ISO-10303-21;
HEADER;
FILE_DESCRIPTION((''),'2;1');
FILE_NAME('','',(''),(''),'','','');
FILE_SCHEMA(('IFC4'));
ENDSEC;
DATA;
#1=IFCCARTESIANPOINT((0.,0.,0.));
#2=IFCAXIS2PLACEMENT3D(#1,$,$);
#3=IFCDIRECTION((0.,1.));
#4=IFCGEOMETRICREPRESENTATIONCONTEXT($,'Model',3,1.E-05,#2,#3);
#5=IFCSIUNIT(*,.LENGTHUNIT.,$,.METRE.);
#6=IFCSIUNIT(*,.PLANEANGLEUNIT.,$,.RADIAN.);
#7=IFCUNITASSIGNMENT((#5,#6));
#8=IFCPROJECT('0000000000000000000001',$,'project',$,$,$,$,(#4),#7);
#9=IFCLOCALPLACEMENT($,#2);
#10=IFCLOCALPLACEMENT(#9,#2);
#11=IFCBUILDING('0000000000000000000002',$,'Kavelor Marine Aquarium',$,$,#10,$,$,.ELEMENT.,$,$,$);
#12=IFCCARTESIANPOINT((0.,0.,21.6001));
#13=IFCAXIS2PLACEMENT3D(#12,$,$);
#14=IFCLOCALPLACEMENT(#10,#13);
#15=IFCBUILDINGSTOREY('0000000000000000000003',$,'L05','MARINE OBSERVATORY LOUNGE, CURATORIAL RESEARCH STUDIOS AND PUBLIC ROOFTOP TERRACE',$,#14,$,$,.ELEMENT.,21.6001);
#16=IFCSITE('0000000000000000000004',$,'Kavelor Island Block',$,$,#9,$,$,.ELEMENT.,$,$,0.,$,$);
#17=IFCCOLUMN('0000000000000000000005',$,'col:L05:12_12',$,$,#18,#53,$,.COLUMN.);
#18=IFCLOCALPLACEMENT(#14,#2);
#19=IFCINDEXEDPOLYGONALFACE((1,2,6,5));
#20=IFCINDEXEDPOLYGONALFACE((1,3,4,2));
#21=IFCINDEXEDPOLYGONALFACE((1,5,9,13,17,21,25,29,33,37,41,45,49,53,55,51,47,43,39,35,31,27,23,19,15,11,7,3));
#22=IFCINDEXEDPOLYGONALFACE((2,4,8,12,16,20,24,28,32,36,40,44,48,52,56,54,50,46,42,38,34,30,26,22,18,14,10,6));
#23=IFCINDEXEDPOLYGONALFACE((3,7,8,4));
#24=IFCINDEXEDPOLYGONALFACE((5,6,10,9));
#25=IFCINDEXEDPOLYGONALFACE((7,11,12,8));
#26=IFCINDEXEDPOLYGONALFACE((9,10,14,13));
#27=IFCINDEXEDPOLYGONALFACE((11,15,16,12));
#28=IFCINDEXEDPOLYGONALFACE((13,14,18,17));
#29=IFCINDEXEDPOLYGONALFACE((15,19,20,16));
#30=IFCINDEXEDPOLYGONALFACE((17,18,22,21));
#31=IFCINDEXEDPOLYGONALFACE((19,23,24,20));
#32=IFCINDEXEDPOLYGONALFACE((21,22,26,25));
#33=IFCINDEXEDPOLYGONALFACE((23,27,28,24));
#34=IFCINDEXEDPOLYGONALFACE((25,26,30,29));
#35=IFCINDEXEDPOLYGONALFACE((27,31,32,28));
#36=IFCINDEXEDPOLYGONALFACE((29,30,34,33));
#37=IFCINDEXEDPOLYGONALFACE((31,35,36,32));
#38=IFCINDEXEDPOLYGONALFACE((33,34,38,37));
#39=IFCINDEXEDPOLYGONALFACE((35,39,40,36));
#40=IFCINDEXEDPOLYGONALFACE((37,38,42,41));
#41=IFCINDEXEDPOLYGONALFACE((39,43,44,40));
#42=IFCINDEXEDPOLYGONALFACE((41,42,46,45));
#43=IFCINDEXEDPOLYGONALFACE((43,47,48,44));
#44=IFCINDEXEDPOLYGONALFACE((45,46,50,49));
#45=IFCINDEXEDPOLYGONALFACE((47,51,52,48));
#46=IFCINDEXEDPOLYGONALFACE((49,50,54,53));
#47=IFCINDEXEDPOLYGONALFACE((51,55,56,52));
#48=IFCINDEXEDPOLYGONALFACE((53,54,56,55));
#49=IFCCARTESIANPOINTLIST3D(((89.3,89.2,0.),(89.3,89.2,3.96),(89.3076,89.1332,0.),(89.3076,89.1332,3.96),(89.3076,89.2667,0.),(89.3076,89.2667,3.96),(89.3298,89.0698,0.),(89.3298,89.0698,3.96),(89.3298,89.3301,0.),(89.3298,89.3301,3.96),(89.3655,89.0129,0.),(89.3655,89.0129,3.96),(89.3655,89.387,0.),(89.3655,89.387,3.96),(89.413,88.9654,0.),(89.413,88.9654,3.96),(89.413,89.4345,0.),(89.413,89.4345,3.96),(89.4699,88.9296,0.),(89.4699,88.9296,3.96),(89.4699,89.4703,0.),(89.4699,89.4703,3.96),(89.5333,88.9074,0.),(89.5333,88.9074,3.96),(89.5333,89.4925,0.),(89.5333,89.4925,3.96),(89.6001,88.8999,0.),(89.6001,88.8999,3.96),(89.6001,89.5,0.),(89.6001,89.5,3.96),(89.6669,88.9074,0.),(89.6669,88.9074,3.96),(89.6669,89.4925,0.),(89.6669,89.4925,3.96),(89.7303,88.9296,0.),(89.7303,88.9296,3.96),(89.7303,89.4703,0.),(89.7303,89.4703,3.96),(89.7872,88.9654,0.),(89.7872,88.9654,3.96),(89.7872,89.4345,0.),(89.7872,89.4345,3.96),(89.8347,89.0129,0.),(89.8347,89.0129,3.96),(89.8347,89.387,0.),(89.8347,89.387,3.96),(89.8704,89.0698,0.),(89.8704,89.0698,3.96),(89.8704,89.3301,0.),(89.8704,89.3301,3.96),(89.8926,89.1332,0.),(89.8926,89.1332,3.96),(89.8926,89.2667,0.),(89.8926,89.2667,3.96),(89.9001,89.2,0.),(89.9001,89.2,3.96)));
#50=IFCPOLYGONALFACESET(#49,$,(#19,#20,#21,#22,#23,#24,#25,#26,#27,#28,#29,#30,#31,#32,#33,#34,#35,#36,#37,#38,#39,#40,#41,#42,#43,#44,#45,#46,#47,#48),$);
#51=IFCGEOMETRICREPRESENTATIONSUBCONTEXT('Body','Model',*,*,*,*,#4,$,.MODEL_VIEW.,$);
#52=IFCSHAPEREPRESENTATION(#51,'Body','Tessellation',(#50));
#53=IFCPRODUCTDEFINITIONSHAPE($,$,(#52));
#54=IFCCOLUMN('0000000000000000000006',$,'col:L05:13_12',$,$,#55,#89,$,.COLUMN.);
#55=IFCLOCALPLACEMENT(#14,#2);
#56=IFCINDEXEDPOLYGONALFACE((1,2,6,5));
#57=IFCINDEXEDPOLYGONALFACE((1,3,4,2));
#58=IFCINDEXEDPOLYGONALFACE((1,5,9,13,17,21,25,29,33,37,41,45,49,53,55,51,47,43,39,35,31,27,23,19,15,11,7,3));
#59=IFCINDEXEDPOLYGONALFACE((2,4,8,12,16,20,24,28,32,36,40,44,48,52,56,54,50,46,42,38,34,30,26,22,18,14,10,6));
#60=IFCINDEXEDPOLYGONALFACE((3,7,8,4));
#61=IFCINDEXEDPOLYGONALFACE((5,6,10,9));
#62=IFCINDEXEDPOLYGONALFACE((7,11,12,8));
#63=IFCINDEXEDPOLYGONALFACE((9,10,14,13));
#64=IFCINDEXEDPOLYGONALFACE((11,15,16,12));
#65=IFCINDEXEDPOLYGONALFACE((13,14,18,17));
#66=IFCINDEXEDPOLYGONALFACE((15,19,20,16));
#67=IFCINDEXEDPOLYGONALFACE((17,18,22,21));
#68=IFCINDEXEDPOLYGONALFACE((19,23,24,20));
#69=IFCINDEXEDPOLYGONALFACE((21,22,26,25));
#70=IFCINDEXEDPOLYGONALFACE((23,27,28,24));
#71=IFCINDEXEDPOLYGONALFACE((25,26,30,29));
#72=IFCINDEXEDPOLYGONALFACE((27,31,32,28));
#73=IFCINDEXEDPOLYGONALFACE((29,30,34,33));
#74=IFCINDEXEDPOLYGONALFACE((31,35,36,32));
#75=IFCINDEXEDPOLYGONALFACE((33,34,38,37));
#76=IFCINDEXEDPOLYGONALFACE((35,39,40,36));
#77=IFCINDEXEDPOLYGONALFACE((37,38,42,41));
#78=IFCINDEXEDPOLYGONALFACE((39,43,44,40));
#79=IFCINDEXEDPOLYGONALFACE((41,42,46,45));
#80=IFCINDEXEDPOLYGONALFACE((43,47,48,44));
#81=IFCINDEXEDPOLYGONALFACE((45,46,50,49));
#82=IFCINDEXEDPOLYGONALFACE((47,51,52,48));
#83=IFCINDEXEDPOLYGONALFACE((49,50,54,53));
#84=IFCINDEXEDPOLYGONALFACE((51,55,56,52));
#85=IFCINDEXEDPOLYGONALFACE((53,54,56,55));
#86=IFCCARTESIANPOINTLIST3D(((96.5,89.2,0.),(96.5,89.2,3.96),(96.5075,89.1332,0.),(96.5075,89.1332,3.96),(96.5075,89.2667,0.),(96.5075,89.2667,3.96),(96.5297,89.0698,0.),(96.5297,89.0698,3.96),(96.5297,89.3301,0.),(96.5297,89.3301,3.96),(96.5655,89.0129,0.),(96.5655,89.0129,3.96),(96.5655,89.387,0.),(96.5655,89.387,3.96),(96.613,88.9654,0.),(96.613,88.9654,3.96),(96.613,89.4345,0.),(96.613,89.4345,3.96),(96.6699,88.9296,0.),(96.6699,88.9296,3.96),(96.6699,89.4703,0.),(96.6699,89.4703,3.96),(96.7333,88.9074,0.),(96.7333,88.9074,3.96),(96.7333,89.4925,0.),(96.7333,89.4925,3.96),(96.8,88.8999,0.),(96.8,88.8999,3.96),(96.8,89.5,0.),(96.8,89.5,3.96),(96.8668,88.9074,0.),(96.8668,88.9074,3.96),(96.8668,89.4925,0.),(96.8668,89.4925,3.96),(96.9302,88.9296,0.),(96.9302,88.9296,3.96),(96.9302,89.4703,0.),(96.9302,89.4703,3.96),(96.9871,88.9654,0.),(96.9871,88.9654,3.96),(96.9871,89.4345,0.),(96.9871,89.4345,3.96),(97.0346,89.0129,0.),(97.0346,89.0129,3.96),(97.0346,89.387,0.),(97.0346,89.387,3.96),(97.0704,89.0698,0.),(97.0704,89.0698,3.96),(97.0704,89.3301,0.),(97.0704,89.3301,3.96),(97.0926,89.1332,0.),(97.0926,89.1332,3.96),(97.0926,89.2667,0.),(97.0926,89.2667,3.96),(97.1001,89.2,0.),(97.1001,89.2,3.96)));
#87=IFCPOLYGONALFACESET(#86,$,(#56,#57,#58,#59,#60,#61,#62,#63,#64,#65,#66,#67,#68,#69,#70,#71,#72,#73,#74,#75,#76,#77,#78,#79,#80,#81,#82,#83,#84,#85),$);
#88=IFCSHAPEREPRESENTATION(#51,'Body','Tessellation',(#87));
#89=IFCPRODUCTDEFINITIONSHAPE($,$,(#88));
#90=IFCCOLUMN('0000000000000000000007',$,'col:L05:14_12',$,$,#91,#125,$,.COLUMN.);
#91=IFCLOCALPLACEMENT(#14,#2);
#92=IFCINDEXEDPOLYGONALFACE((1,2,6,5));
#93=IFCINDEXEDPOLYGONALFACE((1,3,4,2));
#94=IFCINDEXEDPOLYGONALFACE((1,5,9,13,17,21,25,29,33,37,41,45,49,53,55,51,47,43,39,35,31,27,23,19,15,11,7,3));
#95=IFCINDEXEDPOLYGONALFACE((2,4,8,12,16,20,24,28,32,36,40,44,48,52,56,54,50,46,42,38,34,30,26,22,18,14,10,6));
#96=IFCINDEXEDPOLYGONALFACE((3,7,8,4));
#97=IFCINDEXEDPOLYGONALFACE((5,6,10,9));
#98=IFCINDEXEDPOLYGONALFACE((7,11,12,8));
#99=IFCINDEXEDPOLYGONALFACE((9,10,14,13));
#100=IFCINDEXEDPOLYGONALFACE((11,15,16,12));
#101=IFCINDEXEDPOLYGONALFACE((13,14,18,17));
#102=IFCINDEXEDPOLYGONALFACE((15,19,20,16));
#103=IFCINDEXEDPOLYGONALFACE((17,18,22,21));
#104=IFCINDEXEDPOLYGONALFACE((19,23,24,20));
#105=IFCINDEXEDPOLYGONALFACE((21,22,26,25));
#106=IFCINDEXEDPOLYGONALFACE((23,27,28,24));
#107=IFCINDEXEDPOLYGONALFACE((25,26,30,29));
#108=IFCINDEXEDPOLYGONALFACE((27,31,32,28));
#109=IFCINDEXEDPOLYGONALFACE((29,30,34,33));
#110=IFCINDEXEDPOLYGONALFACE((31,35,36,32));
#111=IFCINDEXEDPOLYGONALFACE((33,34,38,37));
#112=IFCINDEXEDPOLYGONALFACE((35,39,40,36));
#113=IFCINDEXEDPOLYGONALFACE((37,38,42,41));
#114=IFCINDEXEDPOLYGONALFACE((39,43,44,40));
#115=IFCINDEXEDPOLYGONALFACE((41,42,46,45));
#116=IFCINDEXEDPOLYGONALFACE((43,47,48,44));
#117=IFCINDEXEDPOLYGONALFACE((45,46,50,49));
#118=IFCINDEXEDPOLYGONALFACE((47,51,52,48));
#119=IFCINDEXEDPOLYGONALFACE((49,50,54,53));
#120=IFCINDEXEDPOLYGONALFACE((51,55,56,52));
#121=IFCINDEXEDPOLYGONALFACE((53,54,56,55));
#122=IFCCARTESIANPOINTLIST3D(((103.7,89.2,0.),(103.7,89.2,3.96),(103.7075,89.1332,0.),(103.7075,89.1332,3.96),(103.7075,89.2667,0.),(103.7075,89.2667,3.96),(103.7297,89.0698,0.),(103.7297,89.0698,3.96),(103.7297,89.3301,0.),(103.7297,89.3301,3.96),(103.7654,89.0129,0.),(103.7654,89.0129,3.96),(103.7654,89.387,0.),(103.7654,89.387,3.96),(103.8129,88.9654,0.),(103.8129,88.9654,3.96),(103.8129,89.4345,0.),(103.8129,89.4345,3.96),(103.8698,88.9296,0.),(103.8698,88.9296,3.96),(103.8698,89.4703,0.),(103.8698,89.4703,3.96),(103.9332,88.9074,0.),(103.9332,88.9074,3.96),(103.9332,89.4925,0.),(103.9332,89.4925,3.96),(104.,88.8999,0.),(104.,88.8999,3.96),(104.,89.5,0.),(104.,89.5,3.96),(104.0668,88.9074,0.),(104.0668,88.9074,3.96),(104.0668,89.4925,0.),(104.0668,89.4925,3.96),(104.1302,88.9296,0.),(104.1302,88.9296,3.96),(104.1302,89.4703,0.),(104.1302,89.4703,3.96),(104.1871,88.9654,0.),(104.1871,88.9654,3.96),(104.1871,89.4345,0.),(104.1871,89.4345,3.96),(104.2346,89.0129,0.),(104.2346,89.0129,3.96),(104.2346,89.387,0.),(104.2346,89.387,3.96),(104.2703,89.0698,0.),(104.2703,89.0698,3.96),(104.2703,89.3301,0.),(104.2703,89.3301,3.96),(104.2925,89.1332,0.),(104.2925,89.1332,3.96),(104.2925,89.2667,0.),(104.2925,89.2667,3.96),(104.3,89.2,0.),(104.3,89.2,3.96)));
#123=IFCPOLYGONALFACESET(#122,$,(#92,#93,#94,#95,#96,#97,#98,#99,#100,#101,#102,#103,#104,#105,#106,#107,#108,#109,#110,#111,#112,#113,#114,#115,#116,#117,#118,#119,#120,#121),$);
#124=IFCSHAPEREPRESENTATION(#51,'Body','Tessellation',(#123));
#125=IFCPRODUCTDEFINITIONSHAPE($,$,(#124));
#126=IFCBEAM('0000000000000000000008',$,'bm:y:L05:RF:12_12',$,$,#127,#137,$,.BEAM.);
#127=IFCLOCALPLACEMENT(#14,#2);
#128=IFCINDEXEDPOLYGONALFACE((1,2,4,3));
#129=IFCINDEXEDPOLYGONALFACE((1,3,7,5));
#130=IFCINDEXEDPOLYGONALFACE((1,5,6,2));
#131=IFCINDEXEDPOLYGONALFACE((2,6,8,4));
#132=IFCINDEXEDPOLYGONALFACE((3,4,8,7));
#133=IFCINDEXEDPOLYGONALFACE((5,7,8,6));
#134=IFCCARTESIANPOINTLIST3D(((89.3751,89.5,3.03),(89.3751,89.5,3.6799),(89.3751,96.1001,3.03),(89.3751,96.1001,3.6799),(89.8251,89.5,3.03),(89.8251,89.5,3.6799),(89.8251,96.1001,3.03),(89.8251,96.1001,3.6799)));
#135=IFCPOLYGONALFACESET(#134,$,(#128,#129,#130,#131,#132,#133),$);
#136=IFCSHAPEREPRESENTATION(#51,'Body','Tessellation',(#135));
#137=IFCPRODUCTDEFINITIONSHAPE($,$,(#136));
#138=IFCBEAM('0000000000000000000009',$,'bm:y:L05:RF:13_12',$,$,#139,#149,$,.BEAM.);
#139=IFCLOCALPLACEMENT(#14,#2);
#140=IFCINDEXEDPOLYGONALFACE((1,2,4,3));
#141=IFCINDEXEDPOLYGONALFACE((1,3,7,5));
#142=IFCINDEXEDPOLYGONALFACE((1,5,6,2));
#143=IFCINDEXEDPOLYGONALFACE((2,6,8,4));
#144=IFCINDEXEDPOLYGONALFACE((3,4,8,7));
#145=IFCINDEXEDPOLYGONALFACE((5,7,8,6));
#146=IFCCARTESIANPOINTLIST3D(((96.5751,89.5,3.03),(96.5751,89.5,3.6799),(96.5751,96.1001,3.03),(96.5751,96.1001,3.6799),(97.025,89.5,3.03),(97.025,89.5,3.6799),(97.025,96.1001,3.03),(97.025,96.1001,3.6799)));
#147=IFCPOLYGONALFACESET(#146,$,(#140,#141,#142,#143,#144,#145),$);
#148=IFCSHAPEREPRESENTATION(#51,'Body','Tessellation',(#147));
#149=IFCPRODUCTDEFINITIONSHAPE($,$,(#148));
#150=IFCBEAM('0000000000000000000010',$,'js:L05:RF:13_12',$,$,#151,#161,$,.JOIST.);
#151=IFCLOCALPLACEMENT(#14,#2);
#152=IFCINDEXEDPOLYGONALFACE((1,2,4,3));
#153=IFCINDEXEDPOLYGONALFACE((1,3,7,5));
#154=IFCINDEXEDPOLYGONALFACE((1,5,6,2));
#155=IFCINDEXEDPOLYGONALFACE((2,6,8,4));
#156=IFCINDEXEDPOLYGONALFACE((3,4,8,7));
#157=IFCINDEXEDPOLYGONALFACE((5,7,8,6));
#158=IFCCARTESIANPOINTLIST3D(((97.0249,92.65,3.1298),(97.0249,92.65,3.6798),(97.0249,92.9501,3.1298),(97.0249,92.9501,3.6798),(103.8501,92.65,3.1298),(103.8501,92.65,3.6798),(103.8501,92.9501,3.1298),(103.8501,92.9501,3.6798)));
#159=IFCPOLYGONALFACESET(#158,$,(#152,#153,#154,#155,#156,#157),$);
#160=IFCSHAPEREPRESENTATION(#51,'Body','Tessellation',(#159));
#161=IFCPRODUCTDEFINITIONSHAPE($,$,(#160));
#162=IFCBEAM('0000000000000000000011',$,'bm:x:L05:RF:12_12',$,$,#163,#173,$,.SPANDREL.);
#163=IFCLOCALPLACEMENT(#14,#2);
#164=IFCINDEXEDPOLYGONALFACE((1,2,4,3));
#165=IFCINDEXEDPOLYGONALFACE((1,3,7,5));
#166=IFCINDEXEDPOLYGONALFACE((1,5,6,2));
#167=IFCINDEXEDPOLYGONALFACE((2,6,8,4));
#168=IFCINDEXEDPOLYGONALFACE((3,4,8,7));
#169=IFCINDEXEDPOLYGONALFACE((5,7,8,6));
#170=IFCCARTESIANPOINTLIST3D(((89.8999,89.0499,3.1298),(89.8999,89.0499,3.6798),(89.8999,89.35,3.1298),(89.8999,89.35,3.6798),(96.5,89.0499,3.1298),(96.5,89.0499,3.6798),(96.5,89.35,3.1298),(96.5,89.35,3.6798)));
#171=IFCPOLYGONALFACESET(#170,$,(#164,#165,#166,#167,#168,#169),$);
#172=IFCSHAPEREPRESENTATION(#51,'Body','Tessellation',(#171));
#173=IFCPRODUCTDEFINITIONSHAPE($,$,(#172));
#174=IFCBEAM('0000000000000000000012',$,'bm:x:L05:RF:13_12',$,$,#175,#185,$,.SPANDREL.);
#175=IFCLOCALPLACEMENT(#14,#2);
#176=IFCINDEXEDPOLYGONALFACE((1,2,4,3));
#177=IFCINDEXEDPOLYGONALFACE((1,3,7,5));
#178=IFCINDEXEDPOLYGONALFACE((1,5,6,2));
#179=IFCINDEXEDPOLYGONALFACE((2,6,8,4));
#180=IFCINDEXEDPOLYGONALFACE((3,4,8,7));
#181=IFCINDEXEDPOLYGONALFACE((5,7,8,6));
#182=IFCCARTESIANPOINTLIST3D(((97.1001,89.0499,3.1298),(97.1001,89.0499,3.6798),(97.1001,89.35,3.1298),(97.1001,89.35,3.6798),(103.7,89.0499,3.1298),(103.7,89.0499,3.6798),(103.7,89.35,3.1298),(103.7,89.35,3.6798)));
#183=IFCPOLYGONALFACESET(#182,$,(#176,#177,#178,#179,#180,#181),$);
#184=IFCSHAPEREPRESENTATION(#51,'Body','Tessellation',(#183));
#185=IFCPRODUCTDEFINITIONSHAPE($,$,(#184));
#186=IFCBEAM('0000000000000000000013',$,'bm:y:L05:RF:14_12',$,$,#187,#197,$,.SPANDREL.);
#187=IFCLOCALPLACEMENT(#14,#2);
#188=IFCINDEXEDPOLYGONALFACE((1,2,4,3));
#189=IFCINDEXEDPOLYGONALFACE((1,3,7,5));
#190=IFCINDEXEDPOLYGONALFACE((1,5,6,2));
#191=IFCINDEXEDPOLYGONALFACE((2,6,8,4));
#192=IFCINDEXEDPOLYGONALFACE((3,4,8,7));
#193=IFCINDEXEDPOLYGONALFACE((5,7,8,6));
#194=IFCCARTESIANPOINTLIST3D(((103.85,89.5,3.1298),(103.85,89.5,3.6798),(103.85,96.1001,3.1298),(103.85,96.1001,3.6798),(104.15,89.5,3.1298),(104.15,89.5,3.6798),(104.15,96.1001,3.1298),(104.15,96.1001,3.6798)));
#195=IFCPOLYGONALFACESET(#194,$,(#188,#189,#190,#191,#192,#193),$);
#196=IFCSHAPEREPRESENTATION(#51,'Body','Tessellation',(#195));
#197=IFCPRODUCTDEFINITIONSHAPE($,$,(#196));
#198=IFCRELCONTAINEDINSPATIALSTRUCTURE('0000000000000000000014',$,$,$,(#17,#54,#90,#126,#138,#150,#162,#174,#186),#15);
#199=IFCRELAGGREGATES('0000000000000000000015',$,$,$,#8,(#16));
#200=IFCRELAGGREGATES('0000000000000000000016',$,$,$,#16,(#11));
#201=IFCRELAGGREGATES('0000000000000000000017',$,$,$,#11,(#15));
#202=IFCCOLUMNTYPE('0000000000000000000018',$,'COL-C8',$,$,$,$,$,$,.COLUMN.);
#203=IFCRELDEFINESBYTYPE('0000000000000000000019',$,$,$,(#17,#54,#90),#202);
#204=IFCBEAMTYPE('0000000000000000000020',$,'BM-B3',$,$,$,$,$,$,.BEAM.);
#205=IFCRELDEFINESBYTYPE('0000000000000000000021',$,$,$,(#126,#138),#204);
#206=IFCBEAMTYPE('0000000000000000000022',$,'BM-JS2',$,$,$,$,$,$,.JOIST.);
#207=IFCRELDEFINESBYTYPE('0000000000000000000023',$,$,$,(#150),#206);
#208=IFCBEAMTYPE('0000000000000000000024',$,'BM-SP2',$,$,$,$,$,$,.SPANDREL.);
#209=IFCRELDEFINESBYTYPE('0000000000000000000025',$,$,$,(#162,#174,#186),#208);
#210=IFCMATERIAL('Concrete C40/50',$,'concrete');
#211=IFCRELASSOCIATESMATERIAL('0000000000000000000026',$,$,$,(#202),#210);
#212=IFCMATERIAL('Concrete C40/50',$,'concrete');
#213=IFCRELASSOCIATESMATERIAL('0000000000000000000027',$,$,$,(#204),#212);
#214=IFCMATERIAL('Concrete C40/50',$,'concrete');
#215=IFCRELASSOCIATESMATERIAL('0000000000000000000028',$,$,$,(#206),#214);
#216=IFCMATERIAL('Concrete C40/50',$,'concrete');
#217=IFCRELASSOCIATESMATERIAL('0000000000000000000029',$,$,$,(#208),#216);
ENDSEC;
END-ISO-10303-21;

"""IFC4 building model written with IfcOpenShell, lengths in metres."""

from ifc_helpers import new_model, si_unit, direction, frame, origin, origin_2d, place, context, subcontext, project, spatial, rectangle, circle, extrude, material, material_profile, profile_set, type_object, element, save


model = new_model("IFC4")

# Units and contexts
model_context = context("Model", 3, precision=1e-05, world=origin(), true_north=direction((0.0, 1.0)))
body_context = subcontext(model_context, "Body", "Model", "MODEL_VIEW")
ifc_project = project(units=[si_unit("LENGTHUNIT", "METRE"), si_unit("PLANEANGLEUNIT", "RADIAN")], contexts=[model_context])

# Site, building, storey
site_placement = place(None, origin())
site = spatial("IfcSite", under=ifc_project, at=site_placement, Name="Kavelor Island Block", CompositionType="ELEMENT", RefElevation=0.0)
building_placement = place(site_placement, origin())
building = spatial("IfcBuilding", under=site, at=building_placement, Name="Kavelor Marine Aquarium", CompositionType="ELEMENT")
storey_placement = place(building_placement, frame((0.0, 0.0, 21.6001)))
storey = spatial("IfcBuildingStorey", under=building, at=storey_placement, Name="L05", Description="MARINE OBSERVATORY LOUNGE, CURATORIAL RESEARCH STUDIOS AND PUBLIC ROOFTOP TERRACE", CompositionType="ELEMENT", Elevation=21.6001)

# Columns
ifc_material_1 = material(Name="Concrete C40/50", Category="concrete")
ifc_material_profile_1 = material_profile(ifc_material_1, circle(Radius=0.3, at=origin_2d()), Name="RC-COL D600")
ifc_profile_set_1 = profile_set([ifc_material_profile_1], Name="Concrete C40/50")
column_type = type_object("IfcColumnType", Name="COL-C8", PredefinedType="COLUMN", material=ifc_profile_set_1)
for number, where, z_axis, x_axis, name in (
    (1, (89.6001, 89.2, 0.0), (0.0, 0.0, 1.0), (1.0, 0.0, 0.0), "col:L05:12_12"),
    (2, (96.8, 89.2, 0.0), (0.0, 0.0, 1.0), (1.0, 0.0, 0.0), "col:L05:13_12"),
    (3, (104.0, 89.2, 0.0), (0.0, 0.0, 1.0), (1.0, 0.0, 0.0), "col:L05:14_12"),
):
    element("IfcColumn", number, at=place(storey_placement, frame(where, z_axis=z_axis, x_axis=x_axis)), inside=storey, type_object=column_type, Name=name, PredefinedType="COLUMN", context=body_context, shape_type="SweptSolid", body=[
        extrude(circle(Radius=0.3, at=origin_2d()), origin(), (0.0, 0.0, 1.0), 3.96),
    ])

# Beams
ifc_material_2 = material(Name="Concrete C40/50", Category="concrete")
ifc_material_profile_2 = material_profile(ifc_material_2, rectangle(XDim=0.45, YDim=0.6499, at=origin_2d()), Name="RC-BM 450x650")
ifc_profile_set_2 = profile_set([ifc_material_profile_2], Name="Concrete C40/50")
beam_type_1 = type_object("IfcBeamType", Name="BM-B3", PredefinedType="BEAM", material=ifc_profile_set_2)
for number, where, z_axis, x_axis, name in (
    (4, (89.6001, 89.5, 3.355), (0.0, 1.0, 0.0), (-1.0, 0.0, 0.0), "bm:y:L05:RF:12_12"),
    (5, (96.8, 89.5, 3.355), (0.0, 1.0, 0.0), (-1.0, 0.0, 0.0), "bm:y:L05:RF:13_12"),
):
    element("IfcBeam", number, at=place(storey_placement, frame(where, z_axis=z_axis, x_axis=x_axis)), inside=storey, type_object=beam_type_1, Name=name, PredefinedType="BEAM", context=body_context, shape_type="SweptSolid", body=[
        extrude(rectangle(XDim=0.45, YDim=0.6499, at=origin_2d()), origin(), (0.0, 0.0, 1.0), 6.6001),
    ])
ifc_material_3 = material(Name="Concrete C40/50", Category="concrete")
ifc_material_profile_3 = material_profile(ifc_material_3, rectangle(XDim=0.3, YDim=0.55, at=origin_2d()), Name="RC-JS 300x550")
ifc_profile_set_3 = profile_set([ifc_material_profile_3], Name="Concrete C40/50")
beam_type_2 = type_object("IfcBeamType", Name="BM-JS2", PredefinedType="JOIST", material=ifc_profile_set_3)
beam_1_placement = place(storey_placement, frame((97.0249, 92.8, 3.4048), z_axis=(1.0, 0.0, 0.0), x_axis=(0.0, 1.0, 0.0)))
element("IfcBeam", 6, at=beam_1_placement, inside=storey, type_object=beam_type_2, Name="js:L05:RF:13_12", PredefinedType="JOIST", context=body_context, shape_type="SweptSolid", body=[
    extrude(rectangle(XDim=0.3, YDim=0.55, at=origin_2d()), origin(), (0.0, 0.0, 1.0), 6.8252),
])
ifc_material_4 = material(Name="Concrete C40/50", Category="concrete")
ifc_material_profile_4 = material_profile(ifc_material_4, rectangle(XDim=0.3, YDim=0.55, at=origin_2d()), Name="RC-SP 300x550")
ifc_profile_set_4 = profile_set([ifc_material_profile_4], Name="Concrete C40/50")
beam_type_3 = type_object("IfcBeamType", Name="BM-SP2", PredefinedType="SPANDREL", material=ifc_profile_set_4)
beam_2_placement = place(storey_placement, frame((89.8999, 89.2, 3.4048), z_axis=(1.0, 0.0, 0.0), x_axis=(0.0, 1.0, 0.0)))
element("IfcBeam", 7, at=beam_2_placement, inside=storey, type_object=beam_type_3, Name="bm:x:L05:RF:12_12", PredefinedType="SPANDREL", context=body_context, shape_type="SweptSolid", body=[
    extrude(rectangle(XDim=0.3, YDim=0.55, at=origin_2d()), origin(), (0.0, 0.0, 1.0), 6.6001),
])
beam_3_placement = place(storey_placement, frame((97.1001, 89.2, 3.4048), z_axis=(1.0, 0.0, 0.0), x_axis=(0.0, 1.0, 0.0)))
element("IfcBeam", 8, at=beam_3_placement, inside=storey, type_object=beam_type_3, Name="bm:x:L05:RF:13_12", PredefinedType="SPANDREL", context=body_context, shape_type="SweptSolid", body=[
    extrude(rectangle(XDim=0.3, YDim=0.55, at=origin_2d()), origin(), (0.0, 0.0, 1.0), 6.5999),
])
beam_4_placement = place(storey_placement, frame((104.0, 89.5, 3.4048), z_axis=(0.0, 1.0, 0.0), x_axis=(-1.0, 0.0, 0.0)))
element("IfcBeam", 9, at=beam_4_placement, inside=storey, type_object=beam_type_3, Name="bm:y:L05:RF:14_12", PredefinedType="SPANDREL", context=body_context, shape_type="SweptSolid", body=[
    extrude(rectangle(XDim=0.3, YDim=0.55, at=origin_2d()), origin(), (0.0, 0.0, 1.0), 6.6001),
])

save(model, "model.ifc")
